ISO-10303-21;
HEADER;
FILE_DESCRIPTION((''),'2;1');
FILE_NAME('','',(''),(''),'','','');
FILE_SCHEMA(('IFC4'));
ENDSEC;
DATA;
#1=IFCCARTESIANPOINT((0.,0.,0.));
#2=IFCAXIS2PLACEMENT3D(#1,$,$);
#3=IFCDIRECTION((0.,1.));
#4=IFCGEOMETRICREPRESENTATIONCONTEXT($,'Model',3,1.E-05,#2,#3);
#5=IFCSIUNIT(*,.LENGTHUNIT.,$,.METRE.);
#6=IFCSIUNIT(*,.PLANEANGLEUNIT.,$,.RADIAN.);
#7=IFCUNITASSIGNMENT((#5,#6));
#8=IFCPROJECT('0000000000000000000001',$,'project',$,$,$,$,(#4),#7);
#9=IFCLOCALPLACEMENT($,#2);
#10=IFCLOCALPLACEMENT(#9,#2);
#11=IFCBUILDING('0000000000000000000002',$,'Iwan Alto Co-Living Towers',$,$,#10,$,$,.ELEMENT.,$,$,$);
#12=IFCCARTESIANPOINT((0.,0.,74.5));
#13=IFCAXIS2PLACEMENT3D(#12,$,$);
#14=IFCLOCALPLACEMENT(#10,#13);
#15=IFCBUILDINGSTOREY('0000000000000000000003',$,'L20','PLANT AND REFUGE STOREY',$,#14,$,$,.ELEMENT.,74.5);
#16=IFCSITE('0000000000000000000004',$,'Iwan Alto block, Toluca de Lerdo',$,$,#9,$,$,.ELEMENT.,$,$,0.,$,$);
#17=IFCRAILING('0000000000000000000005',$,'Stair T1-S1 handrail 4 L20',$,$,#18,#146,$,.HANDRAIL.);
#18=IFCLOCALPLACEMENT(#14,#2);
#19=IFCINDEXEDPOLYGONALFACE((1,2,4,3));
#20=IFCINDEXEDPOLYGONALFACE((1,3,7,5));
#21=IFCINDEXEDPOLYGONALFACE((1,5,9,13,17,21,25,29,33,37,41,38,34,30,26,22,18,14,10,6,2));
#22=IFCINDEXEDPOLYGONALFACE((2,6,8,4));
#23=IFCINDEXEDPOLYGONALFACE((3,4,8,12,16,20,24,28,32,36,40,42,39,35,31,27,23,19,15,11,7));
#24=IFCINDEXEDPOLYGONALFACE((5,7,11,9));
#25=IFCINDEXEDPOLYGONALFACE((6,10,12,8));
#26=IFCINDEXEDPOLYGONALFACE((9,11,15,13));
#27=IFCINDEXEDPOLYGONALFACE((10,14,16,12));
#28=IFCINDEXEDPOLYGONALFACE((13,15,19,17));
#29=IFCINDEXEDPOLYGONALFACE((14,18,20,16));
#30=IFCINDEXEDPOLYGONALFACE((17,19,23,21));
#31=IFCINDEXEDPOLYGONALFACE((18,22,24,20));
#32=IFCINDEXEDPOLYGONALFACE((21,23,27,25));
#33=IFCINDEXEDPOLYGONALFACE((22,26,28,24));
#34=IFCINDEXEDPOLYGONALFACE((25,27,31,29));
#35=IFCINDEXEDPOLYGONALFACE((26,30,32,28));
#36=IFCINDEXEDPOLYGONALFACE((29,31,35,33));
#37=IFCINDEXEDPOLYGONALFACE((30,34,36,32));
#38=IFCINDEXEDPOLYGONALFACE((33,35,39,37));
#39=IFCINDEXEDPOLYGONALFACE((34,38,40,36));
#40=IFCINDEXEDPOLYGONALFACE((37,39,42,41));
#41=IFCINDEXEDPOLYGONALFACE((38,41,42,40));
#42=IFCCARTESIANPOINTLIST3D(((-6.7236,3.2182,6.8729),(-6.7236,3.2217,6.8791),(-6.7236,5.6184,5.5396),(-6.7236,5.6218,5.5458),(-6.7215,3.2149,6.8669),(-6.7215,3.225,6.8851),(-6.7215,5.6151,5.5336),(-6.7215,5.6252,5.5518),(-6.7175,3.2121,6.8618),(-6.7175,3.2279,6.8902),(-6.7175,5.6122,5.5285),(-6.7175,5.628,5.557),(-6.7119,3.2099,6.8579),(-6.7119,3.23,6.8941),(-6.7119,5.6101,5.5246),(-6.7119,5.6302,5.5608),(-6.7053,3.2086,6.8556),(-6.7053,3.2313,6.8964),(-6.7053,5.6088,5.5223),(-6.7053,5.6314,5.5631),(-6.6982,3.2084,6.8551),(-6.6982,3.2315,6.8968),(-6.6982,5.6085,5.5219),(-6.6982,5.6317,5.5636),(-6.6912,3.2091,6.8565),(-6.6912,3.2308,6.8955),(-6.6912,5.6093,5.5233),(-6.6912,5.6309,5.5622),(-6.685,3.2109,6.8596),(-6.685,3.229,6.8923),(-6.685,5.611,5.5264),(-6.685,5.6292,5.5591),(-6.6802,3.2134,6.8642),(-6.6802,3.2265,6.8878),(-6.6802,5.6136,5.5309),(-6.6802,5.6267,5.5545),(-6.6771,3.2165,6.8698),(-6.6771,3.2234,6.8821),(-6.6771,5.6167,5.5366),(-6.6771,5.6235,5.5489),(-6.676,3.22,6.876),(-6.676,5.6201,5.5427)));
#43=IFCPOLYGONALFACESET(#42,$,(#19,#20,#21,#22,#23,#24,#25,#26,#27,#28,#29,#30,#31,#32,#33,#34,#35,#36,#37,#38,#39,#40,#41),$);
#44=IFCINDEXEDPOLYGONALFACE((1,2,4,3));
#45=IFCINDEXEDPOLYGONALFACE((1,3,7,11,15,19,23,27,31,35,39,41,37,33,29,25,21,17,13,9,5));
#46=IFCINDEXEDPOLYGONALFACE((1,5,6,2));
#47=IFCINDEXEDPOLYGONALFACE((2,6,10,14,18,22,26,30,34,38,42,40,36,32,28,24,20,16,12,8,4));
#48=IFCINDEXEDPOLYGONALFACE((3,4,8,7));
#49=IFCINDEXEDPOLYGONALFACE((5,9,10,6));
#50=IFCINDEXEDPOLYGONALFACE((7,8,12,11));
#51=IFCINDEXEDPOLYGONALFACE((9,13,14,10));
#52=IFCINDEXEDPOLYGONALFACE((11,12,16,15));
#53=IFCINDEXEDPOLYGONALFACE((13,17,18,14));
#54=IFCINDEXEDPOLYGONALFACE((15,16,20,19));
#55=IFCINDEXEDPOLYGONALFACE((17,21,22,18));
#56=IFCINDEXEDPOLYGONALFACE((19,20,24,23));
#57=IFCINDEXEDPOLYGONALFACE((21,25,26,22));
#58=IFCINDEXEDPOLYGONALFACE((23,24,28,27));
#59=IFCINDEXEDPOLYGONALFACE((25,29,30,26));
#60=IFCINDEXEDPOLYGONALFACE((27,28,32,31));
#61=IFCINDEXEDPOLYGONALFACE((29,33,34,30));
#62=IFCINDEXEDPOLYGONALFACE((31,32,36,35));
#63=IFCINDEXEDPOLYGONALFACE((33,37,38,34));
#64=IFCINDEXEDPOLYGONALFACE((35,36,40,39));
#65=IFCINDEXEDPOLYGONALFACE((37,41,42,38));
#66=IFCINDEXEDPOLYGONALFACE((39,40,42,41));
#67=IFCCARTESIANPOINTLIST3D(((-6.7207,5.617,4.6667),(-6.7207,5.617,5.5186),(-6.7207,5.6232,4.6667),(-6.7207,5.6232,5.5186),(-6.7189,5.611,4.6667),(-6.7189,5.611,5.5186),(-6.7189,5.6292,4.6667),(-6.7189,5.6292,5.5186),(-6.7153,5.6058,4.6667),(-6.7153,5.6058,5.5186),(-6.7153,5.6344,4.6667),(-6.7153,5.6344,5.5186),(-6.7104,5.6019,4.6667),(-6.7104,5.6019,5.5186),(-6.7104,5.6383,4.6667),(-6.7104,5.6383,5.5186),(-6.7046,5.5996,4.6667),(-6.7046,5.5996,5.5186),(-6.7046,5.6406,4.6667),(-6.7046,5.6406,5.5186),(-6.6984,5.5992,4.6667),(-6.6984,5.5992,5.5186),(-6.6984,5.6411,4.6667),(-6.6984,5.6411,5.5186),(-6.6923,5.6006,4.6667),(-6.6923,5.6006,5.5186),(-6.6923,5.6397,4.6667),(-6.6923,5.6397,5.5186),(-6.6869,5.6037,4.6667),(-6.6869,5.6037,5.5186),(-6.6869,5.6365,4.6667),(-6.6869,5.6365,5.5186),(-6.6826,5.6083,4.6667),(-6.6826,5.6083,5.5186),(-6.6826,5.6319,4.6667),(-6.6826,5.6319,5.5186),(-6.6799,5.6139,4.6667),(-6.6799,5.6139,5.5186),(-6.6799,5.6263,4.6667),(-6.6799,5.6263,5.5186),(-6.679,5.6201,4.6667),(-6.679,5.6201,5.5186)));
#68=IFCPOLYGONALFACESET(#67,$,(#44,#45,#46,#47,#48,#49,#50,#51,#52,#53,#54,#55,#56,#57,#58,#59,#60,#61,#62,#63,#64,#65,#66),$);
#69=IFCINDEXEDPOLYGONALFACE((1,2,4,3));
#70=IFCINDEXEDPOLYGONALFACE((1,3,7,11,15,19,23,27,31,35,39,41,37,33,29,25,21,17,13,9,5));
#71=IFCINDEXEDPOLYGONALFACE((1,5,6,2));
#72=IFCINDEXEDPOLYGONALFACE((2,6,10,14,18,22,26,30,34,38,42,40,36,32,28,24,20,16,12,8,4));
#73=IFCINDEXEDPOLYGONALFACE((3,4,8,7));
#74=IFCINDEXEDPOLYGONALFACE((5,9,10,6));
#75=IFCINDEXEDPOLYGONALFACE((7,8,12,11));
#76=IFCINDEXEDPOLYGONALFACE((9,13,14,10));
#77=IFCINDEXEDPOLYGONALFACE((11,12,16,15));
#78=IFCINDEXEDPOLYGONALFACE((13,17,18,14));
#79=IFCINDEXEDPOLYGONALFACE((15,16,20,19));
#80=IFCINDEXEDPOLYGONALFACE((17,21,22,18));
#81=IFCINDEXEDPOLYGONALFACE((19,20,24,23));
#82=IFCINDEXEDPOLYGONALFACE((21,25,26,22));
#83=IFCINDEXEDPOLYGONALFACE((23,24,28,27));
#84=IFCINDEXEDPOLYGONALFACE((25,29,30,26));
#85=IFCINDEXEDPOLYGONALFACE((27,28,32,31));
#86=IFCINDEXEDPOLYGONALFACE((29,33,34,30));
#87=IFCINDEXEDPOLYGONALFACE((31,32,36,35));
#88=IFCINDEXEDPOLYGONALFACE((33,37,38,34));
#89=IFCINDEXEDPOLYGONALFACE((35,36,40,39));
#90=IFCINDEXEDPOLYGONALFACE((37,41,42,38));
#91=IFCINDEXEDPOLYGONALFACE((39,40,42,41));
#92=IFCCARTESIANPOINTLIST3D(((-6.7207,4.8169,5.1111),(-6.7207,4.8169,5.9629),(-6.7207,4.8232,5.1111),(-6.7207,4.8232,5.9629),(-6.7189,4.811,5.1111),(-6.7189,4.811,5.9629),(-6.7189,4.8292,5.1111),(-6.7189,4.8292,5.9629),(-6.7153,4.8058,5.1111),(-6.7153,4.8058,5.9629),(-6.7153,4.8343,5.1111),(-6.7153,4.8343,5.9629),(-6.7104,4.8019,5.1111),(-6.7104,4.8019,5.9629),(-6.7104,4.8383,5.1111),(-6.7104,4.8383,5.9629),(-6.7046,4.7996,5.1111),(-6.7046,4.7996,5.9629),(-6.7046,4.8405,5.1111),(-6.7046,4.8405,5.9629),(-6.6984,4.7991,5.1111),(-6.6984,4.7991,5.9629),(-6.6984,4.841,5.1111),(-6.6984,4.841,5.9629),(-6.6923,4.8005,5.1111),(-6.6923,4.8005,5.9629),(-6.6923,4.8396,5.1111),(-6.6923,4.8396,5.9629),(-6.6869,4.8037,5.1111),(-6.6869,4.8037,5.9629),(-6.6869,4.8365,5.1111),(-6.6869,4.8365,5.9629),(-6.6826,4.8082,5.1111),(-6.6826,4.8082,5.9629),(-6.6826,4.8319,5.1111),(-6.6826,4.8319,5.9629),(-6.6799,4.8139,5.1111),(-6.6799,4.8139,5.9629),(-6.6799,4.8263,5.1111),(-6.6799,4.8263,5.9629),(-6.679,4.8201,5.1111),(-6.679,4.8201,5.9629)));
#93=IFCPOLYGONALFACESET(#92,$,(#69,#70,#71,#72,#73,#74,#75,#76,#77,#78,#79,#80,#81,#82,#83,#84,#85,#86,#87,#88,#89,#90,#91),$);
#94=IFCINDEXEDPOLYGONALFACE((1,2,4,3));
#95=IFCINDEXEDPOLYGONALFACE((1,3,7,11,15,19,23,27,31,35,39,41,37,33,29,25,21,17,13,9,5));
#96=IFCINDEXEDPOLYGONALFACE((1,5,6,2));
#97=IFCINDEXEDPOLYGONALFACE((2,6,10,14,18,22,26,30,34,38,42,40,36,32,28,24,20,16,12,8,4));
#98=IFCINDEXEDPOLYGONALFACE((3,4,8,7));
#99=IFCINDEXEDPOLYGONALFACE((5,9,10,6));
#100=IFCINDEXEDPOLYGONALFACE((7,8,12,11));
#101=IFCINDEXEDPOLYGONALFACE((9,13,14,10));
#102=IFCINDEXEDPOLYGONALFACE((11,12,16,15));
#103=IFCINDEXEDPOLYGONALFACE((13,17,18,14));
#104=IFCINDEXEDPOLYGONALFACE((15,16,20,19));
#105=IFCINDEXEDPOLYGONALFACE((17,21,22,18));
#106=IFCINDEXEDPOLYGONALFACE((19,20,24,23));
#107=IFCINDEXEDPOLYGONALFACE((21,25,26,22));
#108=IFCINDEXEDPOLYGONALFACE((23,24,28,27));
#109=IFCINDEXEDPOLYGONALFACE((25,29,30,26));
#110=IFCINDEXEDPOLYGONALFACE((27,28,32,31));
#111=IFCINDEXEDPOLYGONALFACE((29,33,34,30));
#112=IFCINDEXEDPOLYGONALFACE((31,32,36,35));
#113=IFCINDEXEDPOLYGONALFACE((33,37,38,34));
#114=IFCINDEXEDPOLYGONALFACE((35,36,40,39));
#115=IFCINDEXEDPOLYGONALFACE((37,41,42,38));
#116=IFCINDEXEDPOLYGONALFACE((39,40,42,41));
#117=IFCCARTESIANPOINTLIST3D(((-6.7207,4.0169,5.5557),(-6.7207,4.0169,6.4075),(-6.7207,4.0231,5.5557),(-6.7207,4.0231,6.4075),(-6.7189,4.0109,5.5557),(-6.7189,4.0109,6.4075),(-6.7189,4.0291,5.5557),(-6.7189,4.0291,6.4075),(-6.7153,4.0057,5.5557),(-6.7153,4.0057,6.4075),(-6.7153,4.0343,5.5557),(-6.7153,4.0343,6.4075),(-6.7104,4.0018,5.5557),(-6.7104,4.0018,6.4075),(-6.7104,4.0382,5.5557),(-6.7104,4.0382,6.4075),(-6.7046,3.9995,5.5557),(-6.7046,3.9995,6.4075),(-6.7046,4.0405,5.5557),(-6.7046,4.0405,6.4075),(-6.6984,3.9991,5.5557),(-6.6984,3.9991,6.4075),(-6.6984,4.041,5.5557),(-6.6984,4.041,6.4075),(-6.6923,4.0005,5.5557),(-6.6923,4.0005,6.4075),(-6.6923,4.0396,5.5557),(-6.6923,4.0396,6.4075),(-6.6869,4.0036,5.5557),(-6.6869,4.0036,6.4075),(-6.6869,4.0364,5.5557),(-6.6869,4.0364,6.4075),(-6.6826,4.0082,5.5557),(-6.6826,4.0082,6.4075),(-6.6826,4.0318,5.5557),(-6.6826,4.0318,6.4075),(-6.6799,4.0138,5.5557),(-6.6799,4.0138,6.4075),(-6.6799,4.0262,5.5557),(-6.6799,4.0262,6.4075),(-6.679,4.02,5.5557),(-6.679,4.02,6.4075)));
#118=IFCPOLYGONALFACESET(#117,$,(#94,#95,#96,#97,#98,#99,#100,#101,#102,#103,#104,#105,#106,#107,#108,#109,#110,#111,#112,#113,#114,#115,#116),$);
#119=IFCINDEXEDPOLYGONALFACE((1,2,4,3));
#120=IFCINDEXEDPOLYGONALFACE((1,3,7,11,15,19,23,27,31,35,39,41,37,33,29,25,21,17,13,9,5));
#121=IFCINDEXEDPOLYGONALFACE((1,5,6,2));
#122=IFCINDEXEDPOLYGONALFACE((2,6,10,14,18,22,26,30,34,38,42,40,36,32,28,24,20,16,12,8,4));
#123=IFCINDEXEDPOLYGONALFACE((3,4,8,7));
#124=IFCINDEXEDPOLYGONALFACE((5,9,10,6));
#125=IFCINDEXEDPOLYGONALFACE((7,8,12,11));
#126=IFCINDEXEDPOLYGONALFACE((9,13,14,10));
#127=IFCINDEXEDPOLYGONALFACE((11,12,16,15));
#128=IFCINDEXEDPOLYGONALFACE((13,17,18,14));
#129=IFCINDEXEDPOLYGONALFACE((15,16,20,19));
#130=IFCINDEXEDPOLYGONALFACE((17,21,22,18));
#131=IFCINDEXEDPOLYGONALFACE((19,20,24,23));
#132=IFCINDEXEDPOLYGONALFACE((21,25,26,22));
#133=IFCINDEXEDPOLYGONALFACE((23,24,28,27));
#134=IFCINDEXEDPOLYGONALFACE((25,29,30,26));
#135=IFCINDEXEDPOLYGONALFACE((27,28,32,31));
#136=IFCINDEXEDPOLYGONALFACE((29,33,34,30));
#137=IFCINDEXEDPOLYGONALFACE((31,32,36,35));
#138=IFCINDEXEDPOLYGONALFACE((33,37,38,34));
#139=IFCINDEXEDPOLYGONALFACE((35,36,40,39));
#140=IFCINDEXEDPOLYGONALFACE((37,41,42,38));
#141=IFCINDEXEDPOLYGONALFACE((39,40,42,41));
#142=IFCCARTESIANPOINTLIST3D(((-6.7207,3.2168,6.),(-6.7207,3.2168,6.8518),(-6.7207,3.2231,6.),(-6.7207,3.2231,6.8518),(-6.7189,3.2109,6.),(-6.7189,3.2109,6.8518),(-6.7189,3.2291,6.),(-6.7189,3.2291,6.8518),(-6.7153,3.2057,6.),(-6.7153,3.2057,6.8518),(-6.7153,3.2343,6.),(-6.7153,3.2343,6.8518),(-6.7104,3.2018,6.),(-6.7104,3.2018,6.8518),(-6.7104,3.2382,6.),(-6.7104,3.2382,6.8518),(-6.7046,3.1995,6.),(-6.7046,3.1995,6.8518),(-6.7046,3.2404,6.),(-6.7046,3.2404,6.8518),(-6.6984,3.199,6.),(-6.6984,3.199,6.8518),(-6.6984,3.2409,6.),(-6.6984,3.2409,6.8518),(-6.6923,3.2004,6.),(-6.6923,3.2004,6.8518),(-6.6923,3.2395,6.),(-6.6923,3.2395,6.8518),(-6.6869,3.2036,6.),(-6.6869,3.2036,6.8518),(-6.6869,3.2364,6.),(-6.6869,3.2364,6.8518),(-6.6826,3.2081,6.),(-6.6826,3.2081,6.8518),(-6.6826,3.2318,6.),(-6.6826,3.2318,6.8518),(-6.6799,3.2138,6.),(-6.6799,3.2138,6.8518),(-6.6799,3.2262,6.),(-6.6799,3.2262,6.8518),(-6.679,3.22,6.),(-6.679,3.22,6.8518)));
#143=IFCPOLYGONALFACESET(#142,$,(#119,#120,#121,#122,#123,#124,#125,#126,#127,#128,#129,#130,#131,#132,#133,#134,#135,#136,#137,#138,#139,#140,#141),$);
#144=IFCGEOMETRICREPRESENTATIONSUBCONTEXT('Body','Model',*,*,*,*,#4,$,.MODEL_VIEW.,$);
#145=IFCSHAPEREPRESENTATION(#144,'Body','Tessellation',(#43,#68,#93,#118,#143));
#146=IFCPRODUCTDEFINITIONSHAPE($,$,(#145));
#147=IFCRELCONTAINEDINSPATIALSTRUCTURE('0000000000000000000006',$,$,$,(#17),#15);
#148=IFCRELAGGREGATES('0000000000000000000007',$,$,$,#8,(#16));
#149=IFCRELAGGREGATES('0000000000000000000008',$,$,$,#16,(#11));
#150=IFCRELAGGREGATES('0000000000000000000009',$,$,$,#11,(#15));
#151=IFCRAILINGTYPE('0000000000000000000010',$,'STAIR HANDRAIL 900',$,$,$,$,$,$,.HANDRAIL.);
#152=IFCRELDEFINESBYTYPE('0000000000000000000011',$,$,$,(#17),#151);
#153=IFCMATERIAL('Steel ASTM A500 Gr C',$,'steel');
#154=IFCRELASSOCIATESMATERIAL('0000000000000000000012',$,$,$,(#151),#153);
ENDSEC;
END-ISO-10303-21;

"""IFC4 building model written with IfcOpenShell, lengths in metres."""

from ifc_helpers import new_model, si_unit, direction, frame, origin, origin_2d, place, context, subcontext, project, spatial, circle, extrude, material, type_object, element, save


model = new_model("IFC4")

# Units and contexts
model_context = context("Model", 3, precision=1e-05, world=origin(), true_north=direction((0.0, 1.0)))
body_context = subcontext(model_context, "Body", "Model", "MODEL_VIEW")
ifc_project = project(units=[si_unit("LENGTHUNIT", "METRE"), si_unit("PLANEANGLEUNIT", "RADIAN")], contexts=[model_context])

# Site, building, storey
site_placement = place(None, origin())
site = spatial("IfcSite", under=ifc_project, at=site_placement, Name="Iwan Alto block, Toluca de Lerdo", CompositionType="ELEMENT", RefElevation=0.0)
building_placement = place(site_placement, origin())
building = spatial("IfcBuilding", under=site, at=building_placement, Name="Iwan Alto Co-Living Towers", CompositionType="ELEMENT")
storey_placement = place(building_placement, frame((0.0, 0.0, 74.5)))
storey = spatial("IfcBuildingStorey", under=building, at=storey_placement, Name="L20", Description="PLANT AND REFUGE STOREY", CompositionType="ELEMENT", Elevation=74.5)

# Railing
ifc_material_1 = material(Name="Steel ASTM A500 Gr C", Category="steel")
railing_type_1 = type_object("IfcRailingType", Name="STAIR HANDRAIL 900", PredefinedType="HANDRAIL", material=ifc_material_1)
railing_1_placement = place(storey_placement, frame((-6.7, 5.6201, 4.6667)))
element("IfcRailing", 1, at=railing_1_placement, inside=storey, type_object=railing_type_1, Name="Stair T1-S1 handrail 4 L20", PredefinedType="HANDRAIL", context=body_context, shape_type="SweptSolid", body=[
    extrude(circle(Radius=0.0239, at=origin_2d()), frame((0.0, 0.0, 0.876), z_axis=(0.0, -0.874182, 0.485598), x_axis=(1.0, 0.0, 0.0)), (0.0, 0.0, 1.0), 2.7456),
    extrude(circle(Radius=0.021, at=origin_2d()), origin(), (0.0, 0.0, 1.0), 0.8518),
    extrude(circle(Radius=0.021, at=origin_2d()), frame((0.0, -0.8, 0.4443)), (0.0, 0.0, 1.0), 0.8518),
    extrude(circle(Radius=0.021, at=origin_2d()), frame((0.0, -1.6001, 0.8889)), (0.0, 0.0, 1.0), 0.8518),
    extrude(circle(Radius=0.021, at=origin_2d()), frame((0.0, -2.4001, 1.3333)), (0.0, 0.0, 1.0), 0.8518),
])

save(model, "model.ifc")
